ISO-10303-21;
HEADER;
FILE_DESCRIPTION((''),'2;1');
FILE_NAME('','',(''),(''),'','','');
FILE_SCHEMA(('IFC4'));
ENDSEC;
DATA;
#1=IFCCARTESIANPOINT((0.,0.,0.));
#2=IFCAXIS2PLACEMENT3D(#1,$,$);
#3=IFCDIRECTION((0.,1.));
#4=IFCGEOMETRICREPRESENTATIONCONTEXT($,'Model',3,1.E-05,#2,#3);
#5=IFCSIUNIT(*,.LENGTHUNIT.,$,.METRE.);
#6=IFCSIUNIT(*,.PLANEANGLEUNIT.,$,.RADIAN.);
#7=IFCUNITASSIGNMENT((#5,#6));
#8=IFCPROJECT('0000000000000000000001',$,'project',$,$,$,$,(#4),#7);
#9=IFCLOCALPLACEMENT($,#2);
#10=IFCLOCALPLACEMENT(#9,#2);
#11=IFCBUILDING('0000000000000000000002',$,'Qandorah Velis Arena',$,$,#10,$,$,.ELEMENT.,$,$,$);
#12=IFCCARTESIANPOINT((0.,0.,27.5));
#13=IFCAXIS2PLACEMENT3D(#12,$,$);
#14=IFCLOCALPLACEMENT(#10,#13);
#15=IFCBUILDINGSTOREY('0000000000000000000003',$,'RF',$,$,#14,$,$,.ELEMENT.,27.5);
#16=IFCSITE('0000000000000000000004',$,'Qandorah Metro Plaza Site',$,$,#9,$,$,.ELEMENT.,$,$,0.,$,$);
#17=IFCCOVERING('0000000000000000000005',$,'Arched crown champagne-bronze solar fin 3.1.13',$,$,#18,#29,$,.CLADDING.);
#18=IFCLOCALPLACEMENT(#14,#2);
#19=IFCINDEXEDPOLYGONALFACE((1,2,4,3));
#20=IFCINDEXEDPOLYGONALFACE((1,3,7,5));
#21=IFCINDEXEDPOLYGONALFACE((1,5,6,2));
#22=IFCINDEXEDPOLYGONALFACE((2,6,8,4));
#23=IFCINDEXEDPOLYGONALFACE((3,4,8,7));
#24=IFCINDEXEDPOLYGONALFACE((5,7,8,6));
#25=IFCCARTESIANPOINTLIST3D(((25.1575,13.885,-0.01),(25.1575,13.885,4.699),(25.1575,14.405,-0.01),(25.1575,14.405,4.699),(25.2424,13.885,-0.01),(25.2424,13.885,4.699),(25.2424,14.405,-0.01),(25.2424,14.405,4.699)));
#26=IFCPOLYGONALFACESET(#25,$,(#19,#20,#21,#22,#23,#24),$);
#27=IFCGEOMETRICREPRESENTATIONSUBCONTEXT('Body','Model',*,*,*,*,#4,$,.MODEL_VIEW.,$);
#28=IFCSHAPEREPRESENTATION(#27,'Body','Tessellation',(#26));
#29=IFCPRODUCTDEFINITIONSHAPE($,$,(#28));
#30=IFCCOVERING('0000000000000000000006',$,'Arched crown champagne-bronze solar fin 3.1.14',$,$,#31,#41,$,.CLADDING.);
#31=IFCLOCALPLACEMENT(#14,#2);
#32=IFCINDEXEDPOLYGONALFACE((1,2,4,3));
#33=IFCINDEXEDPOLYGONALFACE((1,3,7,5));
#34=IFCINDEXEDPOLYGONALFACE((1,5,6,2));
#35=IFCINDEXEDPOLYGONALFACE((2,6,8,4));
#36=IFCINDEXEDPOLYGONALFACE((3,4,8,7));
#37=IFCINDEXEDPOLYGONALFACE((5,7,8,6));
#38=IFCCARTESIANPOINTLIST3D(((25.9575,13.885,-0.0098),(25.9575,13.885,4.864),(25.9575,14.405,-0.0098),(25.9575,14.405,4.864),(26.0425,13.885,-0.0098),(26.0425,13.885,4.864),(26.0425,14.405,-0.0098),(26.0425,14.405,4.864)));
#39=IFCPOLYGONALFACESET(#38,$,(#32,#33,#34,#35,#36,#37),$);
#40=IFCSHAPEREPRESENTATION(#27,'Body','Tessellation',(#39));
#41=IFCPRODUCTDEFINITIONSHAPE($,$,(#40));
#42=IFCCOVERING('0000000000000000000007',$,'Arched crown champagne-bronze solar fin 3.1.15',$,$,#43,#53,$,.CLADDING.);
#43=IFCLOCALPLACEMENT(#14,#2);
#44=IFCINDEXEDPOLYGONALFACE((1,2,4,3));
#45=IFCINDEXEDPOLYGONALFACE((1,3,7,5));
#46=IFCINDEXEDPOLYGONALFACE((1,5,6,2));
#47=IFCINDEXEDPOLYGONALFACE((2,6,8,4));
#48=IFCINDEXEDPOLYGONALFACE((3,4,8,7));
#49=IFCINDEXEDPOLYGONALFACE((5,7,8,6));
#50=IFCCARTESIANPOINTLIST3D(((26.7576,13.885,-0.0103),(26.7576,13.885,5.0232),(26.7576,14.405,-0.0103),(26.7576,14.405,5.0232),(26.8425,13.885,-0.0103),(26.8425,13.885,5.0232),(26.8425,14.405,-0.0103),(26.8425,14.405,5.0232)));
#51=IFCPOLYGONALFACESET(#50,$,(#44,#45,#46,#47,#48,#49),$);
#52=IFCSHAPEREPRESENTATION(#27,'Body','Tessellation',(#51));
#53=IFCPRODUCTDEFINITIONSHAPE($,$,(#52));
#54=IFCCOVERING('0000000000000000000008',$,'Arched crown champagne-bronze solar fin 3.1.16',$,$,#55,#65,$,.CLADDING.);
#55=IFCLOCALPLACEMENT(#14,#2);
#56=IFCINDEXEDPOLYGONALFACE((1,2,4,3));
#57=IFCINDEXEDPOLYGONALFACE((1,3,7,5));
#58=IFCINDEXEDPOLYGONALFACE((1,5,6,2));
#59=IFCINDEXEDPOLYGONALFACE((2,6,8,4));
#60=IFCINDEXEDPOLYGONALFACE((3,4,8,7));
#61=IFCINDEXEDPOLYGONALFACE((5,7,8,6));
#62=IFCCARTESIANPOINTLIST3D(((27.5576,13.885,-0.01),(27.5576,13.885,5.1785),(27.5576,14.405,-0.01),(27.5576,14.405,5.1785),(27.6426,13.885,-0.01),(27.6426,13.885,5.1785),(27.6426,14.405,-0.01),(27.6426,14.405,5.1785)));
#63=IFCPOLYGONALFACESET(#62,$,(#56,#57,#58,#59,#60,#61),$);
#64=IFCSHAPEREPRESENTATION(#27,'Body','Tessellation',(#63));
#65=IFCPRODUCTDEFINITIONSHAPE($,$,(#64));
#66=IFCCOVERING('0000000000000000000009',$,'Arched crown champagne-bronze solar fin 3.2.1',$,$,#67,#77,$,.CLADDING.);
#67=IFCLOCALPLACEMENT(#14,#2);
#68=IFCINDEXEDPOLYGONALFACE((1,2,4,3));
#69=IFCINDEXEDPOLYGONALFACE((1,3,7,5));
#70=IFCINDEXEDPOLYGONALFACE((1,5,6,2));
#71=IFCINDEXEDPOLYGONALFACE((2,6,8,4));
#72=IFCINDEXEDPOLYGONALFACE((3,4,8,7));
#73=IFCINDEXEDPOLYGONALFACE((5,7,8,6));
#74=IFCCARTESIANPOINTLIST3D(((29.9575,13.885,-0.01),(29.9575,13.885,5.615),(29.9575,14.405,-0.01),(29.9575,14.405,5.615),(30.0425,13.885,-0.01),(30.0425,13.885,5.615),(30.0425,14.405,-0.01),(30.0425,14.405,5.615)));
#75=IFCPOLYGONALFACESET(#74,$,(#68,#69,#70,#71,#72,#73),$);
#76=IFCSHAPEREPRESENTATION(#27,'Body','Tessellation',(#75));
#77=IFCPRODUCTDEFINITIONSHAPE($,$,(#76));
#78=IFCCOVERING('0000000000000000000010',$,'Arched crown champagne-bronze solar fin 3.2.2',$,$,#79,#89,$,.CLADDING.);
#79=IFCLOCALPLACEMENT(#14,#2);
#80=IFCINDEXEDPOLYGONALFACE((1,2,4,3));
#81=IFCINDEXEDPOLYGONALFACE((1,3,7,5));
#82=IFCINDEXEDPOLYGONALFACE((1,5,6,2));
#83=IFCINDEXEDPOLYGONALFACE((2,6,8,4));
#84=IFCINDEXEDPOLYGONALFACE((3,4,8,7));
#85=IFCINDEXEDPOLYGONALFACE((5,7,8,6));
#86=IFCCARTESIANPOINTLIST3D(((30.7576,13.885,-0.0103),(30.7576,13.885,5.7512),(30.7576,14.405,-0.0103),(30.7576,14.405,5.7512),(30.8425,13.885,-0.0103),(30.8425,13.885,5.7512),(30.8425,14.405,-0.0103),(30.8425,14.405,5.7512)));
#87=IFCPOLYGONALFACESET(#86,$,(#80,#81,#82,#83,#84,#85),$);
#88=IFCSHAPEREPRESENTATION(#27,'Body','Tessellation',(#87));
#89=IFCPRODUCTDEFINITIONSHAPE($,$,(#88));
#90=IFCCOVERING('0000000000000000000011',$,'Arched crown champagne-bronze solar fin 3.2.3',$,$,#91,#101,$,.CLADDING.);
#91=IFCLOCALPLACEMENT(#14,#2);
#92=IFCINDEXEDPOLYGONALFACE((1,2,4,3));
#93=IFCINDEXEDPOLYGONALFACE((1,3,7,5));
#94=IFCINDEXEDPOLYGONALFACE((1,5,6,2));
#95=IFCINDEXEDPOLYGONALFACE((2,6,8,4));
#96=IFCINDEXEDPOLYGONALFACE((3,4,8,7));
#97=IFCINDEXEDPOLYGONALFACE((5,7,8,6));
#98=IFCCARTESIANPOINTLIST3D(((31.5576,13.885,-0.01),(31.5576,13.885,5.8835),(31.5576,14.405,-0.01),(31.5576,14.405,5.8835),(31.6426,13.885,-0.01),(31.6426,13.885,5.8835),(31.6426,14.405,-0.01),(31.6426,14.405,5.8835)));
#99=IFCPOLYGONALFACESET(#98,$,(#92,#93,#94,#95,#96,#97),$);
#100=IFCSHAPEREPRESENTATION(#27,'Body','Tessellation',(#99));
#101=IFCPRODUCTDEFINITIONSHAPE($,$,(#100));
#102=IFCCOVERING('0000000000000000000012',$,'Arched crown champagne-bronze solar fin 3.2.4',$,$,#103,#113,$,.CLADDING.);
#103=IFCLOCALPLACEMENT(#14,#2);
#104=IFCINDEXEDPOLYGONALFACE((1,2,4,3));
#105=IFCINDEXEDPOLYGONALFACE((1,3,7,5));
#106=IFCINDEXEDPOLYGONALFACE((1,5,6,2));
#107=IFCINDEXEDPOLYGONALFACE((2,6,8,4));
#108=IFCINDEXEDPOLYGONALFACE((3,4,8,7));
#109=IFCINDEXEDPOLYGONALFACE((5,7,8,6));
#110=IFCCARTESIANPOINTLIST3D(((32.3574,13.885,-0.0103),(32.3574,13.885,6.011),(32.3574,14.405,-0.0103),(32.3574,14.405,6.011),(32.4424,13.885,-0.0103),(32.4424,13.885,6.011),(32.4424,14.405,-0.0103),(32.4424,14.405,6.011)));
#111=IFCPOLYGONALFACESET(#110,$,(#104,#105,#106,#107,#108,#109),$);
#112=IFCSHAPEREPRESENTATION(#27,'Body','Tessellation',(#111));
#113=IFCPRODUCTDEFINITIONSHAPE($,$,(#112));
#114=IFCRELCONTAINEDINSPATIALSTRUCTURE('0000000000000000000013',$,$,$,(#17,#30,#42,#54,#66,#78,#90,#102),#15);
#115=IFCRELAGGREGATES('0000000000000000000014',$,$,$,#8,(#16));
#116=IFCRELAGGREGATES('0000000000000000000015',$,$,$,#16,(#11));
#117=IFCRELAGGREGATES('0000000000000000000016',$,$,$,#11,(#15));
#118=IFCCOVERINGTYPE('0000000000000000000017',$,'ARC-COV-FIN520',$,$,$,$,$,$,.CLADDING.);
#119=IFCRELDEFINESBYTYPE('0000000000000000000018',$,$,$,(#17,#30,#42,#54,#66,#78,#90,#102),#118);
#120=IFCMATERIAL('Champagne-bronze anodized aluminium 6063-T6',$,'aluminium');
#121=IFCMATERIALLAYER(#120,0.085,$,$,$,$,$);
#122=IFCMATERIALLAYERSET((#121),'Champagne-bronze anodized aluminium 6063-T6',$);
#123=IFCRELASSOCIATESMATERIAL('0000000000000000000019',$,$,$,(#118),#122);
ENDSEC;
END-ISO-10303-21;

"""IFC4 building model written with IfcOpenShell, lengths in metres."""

from ifc_helpers import new_model, si_unit, direction, frame, origin, origin_2d, place, context, subcontext, project, spatial, rectangle, extrude, material, layer, layer_set, type_object, element, save


model = new_model("IFC4")

# Units and contexts
model_context = context("Model", 3, precision=1e-05, world=origin(), true_north=direction((0.0, 1.0)))
body_context = subcontext(model_context, "Body", "Model", "MODEL_VIEW")
ifc_project = project(units=[si_unit("LENGTHUNIT", "METRE"), si_unit("PLANEANGLEUNIT", "RADIAN")], contexts=[model_context])

# Site, building, storey
site_placement = place(None, origin())
site = spatial("IfcSite", under=ifc_project, at=site_placement, Name="Qandorah Metro Plaza Site", CompositionType="ELEMENT", RefElevation=0.0)
building_placement = place(site_placement, origin())
building = spatial("IfcBuilding", under=site, at=building_placement, Name="Qandorah Velis Arena", CompositionType="ELEMENT")
storey_placement = place(building_placement, frame((0.0, 0.0, 27.5)))
storey = spatial("IfcBuildingStorey", under=building, at=storey_placement, Name="RF", CompositionType="ELEMENT", Elevation=27.5)

# Shared definitions
ifc_material_1 = material(Name="Champagne-bronze anodized aluminium 6063-T6", Category="aluminium")

# Coverings
ifc_layer_1 = layer(ifc_material_1, 0.085)
ifc_layer_set_1 = layer_set([ifc_layer_1], Name="Champagne-bronze anodized aluminium 6063-T6")
covering_type = type_object("IfcCoveringType", Name="ARC-COV-FIN520", PredefinedType="CLADDING", material=ifc_layer_set_1)
covering_1_placement = place(storey_placement, frame((25.2, 14.145, -0.01), z_axis=(0.0, 0.0, 1.0), x_axis=(1.0, 0.0, 0.0)))
element("IfcCovering", 1, at=covering_1_placement, inside=storey, type_object=covering_type, Name="Arched crown champagne-bronze solar fin 3.1.13", PredefinedType="CLADDING", context=body_context, shape_type="SweptSolid", body=[
    extrude(rectangle(XDim=0.085, YDim=0.52, at=origin_2d()), origin(), (0.0, 0.0, 1.0), 4.709),
])
covering_2_placement = place(storey_placement, frame((26.0, 14.145, -0.0098), z_axis=(0.0, 0.0, 1.0), x_axis=(1.0, 0.0, 0.0)))
element("IfcCovering", 2, at=covering_2_placement, inside=storey, type_object=covering_type, Name="Arched crown champagne-bronze solar fin 3.1.14", PredefinedType="CLADDING", context=body_context, shape_type="SweptSolid", body=[
    extrude(rectangle(XDim=0.085, YDim=0.52, at=origin_2d()), origin(), (0.0, 0.0, 1.0), 4.8738),
])
covering_3_placement = place(storey_placement, frame((26.8, 14.145, -0.0103), z_axis=(0.0, 0.0, 1.0), x_axis=(1.0, 0.0, 0.0)))
element("IfcCovering", 3, at=covering_3_placement, inside=storey, type_object=covering_type, Name="Arched crown champagne-bronze solar fin 3.1.15", PredefinedType="CLADDING", context=body_context, shape_type="SweptSolid", body=[
    extrude(rectangle(XDim=0.085, YDim=0.52, at=origin_2d()), origin(), (0.0, 0.0, 1.0), 5.0334),
])
covering_4_placement = place(storey_placement, frame((27.6001, 14.145, -0.01), z_axis=(0.0, 0.0, 1.0), x_axis=(1.0, 0.0, 0.0)))
element("IfcCovering", 4, at=covering_4_placement, inside=storey, type_object=covering_type, Name="Arched crown champagne-bronze solar fin 3.1.16", PredefinedType="CLADDING", context=body_context, shape_type="SweptSolid", body=[
    extrude(rectangle(XDim=0.085, YDim=0.52, at=origin_2d()), origin(), (0.0, 0.0, 1.0), 5.1885),
])
covering_5_placement = place(storey_placement, frame((30.0, 14.145, -0.01), z_axis=(0.0, 0.0, 1.0), x_axis=(1.0, 0.0, 0.0)))
element("IfcCovering", 5, at=covering_5_placement, inside=storey, type_object=covering_type, Name="Arched crown champagne-bronze solar fin 3.2.1", PredefinedType="CLADDING", context=body_context, shape_type="SweptSolid", body=[
    extrude(rectangle(XDim=0.085, YDim=0.52, at=origin_2d()), origin(), (0.0, 0.0, 1.0), 5.625),
])
covering_6_placement = place(storey_placement, frame((30.8, 14.145, -0.0103), z_axis=(0.0, 0.0, 1.0), x_axis=(1.0, 0.0, 0.0)))
element("IfcCovering", 6, at=covering_6_placement, inside=storey, type_object=covering_type, Name="Arched crown champagne-bronze solar fin 3.2.2", PredefinedType="CLADDING", context=body_context, shape_type="SweptSolid", body=[
    extrude(rectangle(XDim=0.085, YDim=0.52, at=origin_2d()), origin(), (0.0, 0.0, 1.0), 5.7615),
])
covering_7_placement = place(storey_placement, frame((31.6001, 14.145, -0.01), z_axis=(0.0, 0.0, 1.0), x_axis=(1.0, 0.0, 0.0)))
element("IfcCovering", 7, at=covering_7_placement, inside=storey, type_object=covering_type, Name="Arched crown champagne-bronze solar fin 3.2.3", PredefinedType="CLADDING", context=body_context, shape_type="SweptSolid", body=[
    extrude(rectangle(XDim=0.085, YDim=0.52, at=origin_2d()), origin(), (0.0, 0.0, 1.0), 5.8936),
])
covering_8_placement = place(storey_placement, frame((32.3999, 14.145, -0.0103), z_axis=(0.0, 0.0, 1.0), x_axis=(1.0, 0.0, 0.0)))
element("IfcCovering", 8, at=covering_8_placement, inside=storey, type_object=covering_type, Name="Arched crown champagne-bronze solar fin 3.2.4", PredefinedType="CLADDING", context=body_context, shape_type="SweptSolid", body=[
    extrude(rectangle(XDim=0.085, YDim=0.52, at=origin_2d()), origin(), (0.0, 0.0, 1.0), 6.0212),
])

save(model, "model.ifc")
